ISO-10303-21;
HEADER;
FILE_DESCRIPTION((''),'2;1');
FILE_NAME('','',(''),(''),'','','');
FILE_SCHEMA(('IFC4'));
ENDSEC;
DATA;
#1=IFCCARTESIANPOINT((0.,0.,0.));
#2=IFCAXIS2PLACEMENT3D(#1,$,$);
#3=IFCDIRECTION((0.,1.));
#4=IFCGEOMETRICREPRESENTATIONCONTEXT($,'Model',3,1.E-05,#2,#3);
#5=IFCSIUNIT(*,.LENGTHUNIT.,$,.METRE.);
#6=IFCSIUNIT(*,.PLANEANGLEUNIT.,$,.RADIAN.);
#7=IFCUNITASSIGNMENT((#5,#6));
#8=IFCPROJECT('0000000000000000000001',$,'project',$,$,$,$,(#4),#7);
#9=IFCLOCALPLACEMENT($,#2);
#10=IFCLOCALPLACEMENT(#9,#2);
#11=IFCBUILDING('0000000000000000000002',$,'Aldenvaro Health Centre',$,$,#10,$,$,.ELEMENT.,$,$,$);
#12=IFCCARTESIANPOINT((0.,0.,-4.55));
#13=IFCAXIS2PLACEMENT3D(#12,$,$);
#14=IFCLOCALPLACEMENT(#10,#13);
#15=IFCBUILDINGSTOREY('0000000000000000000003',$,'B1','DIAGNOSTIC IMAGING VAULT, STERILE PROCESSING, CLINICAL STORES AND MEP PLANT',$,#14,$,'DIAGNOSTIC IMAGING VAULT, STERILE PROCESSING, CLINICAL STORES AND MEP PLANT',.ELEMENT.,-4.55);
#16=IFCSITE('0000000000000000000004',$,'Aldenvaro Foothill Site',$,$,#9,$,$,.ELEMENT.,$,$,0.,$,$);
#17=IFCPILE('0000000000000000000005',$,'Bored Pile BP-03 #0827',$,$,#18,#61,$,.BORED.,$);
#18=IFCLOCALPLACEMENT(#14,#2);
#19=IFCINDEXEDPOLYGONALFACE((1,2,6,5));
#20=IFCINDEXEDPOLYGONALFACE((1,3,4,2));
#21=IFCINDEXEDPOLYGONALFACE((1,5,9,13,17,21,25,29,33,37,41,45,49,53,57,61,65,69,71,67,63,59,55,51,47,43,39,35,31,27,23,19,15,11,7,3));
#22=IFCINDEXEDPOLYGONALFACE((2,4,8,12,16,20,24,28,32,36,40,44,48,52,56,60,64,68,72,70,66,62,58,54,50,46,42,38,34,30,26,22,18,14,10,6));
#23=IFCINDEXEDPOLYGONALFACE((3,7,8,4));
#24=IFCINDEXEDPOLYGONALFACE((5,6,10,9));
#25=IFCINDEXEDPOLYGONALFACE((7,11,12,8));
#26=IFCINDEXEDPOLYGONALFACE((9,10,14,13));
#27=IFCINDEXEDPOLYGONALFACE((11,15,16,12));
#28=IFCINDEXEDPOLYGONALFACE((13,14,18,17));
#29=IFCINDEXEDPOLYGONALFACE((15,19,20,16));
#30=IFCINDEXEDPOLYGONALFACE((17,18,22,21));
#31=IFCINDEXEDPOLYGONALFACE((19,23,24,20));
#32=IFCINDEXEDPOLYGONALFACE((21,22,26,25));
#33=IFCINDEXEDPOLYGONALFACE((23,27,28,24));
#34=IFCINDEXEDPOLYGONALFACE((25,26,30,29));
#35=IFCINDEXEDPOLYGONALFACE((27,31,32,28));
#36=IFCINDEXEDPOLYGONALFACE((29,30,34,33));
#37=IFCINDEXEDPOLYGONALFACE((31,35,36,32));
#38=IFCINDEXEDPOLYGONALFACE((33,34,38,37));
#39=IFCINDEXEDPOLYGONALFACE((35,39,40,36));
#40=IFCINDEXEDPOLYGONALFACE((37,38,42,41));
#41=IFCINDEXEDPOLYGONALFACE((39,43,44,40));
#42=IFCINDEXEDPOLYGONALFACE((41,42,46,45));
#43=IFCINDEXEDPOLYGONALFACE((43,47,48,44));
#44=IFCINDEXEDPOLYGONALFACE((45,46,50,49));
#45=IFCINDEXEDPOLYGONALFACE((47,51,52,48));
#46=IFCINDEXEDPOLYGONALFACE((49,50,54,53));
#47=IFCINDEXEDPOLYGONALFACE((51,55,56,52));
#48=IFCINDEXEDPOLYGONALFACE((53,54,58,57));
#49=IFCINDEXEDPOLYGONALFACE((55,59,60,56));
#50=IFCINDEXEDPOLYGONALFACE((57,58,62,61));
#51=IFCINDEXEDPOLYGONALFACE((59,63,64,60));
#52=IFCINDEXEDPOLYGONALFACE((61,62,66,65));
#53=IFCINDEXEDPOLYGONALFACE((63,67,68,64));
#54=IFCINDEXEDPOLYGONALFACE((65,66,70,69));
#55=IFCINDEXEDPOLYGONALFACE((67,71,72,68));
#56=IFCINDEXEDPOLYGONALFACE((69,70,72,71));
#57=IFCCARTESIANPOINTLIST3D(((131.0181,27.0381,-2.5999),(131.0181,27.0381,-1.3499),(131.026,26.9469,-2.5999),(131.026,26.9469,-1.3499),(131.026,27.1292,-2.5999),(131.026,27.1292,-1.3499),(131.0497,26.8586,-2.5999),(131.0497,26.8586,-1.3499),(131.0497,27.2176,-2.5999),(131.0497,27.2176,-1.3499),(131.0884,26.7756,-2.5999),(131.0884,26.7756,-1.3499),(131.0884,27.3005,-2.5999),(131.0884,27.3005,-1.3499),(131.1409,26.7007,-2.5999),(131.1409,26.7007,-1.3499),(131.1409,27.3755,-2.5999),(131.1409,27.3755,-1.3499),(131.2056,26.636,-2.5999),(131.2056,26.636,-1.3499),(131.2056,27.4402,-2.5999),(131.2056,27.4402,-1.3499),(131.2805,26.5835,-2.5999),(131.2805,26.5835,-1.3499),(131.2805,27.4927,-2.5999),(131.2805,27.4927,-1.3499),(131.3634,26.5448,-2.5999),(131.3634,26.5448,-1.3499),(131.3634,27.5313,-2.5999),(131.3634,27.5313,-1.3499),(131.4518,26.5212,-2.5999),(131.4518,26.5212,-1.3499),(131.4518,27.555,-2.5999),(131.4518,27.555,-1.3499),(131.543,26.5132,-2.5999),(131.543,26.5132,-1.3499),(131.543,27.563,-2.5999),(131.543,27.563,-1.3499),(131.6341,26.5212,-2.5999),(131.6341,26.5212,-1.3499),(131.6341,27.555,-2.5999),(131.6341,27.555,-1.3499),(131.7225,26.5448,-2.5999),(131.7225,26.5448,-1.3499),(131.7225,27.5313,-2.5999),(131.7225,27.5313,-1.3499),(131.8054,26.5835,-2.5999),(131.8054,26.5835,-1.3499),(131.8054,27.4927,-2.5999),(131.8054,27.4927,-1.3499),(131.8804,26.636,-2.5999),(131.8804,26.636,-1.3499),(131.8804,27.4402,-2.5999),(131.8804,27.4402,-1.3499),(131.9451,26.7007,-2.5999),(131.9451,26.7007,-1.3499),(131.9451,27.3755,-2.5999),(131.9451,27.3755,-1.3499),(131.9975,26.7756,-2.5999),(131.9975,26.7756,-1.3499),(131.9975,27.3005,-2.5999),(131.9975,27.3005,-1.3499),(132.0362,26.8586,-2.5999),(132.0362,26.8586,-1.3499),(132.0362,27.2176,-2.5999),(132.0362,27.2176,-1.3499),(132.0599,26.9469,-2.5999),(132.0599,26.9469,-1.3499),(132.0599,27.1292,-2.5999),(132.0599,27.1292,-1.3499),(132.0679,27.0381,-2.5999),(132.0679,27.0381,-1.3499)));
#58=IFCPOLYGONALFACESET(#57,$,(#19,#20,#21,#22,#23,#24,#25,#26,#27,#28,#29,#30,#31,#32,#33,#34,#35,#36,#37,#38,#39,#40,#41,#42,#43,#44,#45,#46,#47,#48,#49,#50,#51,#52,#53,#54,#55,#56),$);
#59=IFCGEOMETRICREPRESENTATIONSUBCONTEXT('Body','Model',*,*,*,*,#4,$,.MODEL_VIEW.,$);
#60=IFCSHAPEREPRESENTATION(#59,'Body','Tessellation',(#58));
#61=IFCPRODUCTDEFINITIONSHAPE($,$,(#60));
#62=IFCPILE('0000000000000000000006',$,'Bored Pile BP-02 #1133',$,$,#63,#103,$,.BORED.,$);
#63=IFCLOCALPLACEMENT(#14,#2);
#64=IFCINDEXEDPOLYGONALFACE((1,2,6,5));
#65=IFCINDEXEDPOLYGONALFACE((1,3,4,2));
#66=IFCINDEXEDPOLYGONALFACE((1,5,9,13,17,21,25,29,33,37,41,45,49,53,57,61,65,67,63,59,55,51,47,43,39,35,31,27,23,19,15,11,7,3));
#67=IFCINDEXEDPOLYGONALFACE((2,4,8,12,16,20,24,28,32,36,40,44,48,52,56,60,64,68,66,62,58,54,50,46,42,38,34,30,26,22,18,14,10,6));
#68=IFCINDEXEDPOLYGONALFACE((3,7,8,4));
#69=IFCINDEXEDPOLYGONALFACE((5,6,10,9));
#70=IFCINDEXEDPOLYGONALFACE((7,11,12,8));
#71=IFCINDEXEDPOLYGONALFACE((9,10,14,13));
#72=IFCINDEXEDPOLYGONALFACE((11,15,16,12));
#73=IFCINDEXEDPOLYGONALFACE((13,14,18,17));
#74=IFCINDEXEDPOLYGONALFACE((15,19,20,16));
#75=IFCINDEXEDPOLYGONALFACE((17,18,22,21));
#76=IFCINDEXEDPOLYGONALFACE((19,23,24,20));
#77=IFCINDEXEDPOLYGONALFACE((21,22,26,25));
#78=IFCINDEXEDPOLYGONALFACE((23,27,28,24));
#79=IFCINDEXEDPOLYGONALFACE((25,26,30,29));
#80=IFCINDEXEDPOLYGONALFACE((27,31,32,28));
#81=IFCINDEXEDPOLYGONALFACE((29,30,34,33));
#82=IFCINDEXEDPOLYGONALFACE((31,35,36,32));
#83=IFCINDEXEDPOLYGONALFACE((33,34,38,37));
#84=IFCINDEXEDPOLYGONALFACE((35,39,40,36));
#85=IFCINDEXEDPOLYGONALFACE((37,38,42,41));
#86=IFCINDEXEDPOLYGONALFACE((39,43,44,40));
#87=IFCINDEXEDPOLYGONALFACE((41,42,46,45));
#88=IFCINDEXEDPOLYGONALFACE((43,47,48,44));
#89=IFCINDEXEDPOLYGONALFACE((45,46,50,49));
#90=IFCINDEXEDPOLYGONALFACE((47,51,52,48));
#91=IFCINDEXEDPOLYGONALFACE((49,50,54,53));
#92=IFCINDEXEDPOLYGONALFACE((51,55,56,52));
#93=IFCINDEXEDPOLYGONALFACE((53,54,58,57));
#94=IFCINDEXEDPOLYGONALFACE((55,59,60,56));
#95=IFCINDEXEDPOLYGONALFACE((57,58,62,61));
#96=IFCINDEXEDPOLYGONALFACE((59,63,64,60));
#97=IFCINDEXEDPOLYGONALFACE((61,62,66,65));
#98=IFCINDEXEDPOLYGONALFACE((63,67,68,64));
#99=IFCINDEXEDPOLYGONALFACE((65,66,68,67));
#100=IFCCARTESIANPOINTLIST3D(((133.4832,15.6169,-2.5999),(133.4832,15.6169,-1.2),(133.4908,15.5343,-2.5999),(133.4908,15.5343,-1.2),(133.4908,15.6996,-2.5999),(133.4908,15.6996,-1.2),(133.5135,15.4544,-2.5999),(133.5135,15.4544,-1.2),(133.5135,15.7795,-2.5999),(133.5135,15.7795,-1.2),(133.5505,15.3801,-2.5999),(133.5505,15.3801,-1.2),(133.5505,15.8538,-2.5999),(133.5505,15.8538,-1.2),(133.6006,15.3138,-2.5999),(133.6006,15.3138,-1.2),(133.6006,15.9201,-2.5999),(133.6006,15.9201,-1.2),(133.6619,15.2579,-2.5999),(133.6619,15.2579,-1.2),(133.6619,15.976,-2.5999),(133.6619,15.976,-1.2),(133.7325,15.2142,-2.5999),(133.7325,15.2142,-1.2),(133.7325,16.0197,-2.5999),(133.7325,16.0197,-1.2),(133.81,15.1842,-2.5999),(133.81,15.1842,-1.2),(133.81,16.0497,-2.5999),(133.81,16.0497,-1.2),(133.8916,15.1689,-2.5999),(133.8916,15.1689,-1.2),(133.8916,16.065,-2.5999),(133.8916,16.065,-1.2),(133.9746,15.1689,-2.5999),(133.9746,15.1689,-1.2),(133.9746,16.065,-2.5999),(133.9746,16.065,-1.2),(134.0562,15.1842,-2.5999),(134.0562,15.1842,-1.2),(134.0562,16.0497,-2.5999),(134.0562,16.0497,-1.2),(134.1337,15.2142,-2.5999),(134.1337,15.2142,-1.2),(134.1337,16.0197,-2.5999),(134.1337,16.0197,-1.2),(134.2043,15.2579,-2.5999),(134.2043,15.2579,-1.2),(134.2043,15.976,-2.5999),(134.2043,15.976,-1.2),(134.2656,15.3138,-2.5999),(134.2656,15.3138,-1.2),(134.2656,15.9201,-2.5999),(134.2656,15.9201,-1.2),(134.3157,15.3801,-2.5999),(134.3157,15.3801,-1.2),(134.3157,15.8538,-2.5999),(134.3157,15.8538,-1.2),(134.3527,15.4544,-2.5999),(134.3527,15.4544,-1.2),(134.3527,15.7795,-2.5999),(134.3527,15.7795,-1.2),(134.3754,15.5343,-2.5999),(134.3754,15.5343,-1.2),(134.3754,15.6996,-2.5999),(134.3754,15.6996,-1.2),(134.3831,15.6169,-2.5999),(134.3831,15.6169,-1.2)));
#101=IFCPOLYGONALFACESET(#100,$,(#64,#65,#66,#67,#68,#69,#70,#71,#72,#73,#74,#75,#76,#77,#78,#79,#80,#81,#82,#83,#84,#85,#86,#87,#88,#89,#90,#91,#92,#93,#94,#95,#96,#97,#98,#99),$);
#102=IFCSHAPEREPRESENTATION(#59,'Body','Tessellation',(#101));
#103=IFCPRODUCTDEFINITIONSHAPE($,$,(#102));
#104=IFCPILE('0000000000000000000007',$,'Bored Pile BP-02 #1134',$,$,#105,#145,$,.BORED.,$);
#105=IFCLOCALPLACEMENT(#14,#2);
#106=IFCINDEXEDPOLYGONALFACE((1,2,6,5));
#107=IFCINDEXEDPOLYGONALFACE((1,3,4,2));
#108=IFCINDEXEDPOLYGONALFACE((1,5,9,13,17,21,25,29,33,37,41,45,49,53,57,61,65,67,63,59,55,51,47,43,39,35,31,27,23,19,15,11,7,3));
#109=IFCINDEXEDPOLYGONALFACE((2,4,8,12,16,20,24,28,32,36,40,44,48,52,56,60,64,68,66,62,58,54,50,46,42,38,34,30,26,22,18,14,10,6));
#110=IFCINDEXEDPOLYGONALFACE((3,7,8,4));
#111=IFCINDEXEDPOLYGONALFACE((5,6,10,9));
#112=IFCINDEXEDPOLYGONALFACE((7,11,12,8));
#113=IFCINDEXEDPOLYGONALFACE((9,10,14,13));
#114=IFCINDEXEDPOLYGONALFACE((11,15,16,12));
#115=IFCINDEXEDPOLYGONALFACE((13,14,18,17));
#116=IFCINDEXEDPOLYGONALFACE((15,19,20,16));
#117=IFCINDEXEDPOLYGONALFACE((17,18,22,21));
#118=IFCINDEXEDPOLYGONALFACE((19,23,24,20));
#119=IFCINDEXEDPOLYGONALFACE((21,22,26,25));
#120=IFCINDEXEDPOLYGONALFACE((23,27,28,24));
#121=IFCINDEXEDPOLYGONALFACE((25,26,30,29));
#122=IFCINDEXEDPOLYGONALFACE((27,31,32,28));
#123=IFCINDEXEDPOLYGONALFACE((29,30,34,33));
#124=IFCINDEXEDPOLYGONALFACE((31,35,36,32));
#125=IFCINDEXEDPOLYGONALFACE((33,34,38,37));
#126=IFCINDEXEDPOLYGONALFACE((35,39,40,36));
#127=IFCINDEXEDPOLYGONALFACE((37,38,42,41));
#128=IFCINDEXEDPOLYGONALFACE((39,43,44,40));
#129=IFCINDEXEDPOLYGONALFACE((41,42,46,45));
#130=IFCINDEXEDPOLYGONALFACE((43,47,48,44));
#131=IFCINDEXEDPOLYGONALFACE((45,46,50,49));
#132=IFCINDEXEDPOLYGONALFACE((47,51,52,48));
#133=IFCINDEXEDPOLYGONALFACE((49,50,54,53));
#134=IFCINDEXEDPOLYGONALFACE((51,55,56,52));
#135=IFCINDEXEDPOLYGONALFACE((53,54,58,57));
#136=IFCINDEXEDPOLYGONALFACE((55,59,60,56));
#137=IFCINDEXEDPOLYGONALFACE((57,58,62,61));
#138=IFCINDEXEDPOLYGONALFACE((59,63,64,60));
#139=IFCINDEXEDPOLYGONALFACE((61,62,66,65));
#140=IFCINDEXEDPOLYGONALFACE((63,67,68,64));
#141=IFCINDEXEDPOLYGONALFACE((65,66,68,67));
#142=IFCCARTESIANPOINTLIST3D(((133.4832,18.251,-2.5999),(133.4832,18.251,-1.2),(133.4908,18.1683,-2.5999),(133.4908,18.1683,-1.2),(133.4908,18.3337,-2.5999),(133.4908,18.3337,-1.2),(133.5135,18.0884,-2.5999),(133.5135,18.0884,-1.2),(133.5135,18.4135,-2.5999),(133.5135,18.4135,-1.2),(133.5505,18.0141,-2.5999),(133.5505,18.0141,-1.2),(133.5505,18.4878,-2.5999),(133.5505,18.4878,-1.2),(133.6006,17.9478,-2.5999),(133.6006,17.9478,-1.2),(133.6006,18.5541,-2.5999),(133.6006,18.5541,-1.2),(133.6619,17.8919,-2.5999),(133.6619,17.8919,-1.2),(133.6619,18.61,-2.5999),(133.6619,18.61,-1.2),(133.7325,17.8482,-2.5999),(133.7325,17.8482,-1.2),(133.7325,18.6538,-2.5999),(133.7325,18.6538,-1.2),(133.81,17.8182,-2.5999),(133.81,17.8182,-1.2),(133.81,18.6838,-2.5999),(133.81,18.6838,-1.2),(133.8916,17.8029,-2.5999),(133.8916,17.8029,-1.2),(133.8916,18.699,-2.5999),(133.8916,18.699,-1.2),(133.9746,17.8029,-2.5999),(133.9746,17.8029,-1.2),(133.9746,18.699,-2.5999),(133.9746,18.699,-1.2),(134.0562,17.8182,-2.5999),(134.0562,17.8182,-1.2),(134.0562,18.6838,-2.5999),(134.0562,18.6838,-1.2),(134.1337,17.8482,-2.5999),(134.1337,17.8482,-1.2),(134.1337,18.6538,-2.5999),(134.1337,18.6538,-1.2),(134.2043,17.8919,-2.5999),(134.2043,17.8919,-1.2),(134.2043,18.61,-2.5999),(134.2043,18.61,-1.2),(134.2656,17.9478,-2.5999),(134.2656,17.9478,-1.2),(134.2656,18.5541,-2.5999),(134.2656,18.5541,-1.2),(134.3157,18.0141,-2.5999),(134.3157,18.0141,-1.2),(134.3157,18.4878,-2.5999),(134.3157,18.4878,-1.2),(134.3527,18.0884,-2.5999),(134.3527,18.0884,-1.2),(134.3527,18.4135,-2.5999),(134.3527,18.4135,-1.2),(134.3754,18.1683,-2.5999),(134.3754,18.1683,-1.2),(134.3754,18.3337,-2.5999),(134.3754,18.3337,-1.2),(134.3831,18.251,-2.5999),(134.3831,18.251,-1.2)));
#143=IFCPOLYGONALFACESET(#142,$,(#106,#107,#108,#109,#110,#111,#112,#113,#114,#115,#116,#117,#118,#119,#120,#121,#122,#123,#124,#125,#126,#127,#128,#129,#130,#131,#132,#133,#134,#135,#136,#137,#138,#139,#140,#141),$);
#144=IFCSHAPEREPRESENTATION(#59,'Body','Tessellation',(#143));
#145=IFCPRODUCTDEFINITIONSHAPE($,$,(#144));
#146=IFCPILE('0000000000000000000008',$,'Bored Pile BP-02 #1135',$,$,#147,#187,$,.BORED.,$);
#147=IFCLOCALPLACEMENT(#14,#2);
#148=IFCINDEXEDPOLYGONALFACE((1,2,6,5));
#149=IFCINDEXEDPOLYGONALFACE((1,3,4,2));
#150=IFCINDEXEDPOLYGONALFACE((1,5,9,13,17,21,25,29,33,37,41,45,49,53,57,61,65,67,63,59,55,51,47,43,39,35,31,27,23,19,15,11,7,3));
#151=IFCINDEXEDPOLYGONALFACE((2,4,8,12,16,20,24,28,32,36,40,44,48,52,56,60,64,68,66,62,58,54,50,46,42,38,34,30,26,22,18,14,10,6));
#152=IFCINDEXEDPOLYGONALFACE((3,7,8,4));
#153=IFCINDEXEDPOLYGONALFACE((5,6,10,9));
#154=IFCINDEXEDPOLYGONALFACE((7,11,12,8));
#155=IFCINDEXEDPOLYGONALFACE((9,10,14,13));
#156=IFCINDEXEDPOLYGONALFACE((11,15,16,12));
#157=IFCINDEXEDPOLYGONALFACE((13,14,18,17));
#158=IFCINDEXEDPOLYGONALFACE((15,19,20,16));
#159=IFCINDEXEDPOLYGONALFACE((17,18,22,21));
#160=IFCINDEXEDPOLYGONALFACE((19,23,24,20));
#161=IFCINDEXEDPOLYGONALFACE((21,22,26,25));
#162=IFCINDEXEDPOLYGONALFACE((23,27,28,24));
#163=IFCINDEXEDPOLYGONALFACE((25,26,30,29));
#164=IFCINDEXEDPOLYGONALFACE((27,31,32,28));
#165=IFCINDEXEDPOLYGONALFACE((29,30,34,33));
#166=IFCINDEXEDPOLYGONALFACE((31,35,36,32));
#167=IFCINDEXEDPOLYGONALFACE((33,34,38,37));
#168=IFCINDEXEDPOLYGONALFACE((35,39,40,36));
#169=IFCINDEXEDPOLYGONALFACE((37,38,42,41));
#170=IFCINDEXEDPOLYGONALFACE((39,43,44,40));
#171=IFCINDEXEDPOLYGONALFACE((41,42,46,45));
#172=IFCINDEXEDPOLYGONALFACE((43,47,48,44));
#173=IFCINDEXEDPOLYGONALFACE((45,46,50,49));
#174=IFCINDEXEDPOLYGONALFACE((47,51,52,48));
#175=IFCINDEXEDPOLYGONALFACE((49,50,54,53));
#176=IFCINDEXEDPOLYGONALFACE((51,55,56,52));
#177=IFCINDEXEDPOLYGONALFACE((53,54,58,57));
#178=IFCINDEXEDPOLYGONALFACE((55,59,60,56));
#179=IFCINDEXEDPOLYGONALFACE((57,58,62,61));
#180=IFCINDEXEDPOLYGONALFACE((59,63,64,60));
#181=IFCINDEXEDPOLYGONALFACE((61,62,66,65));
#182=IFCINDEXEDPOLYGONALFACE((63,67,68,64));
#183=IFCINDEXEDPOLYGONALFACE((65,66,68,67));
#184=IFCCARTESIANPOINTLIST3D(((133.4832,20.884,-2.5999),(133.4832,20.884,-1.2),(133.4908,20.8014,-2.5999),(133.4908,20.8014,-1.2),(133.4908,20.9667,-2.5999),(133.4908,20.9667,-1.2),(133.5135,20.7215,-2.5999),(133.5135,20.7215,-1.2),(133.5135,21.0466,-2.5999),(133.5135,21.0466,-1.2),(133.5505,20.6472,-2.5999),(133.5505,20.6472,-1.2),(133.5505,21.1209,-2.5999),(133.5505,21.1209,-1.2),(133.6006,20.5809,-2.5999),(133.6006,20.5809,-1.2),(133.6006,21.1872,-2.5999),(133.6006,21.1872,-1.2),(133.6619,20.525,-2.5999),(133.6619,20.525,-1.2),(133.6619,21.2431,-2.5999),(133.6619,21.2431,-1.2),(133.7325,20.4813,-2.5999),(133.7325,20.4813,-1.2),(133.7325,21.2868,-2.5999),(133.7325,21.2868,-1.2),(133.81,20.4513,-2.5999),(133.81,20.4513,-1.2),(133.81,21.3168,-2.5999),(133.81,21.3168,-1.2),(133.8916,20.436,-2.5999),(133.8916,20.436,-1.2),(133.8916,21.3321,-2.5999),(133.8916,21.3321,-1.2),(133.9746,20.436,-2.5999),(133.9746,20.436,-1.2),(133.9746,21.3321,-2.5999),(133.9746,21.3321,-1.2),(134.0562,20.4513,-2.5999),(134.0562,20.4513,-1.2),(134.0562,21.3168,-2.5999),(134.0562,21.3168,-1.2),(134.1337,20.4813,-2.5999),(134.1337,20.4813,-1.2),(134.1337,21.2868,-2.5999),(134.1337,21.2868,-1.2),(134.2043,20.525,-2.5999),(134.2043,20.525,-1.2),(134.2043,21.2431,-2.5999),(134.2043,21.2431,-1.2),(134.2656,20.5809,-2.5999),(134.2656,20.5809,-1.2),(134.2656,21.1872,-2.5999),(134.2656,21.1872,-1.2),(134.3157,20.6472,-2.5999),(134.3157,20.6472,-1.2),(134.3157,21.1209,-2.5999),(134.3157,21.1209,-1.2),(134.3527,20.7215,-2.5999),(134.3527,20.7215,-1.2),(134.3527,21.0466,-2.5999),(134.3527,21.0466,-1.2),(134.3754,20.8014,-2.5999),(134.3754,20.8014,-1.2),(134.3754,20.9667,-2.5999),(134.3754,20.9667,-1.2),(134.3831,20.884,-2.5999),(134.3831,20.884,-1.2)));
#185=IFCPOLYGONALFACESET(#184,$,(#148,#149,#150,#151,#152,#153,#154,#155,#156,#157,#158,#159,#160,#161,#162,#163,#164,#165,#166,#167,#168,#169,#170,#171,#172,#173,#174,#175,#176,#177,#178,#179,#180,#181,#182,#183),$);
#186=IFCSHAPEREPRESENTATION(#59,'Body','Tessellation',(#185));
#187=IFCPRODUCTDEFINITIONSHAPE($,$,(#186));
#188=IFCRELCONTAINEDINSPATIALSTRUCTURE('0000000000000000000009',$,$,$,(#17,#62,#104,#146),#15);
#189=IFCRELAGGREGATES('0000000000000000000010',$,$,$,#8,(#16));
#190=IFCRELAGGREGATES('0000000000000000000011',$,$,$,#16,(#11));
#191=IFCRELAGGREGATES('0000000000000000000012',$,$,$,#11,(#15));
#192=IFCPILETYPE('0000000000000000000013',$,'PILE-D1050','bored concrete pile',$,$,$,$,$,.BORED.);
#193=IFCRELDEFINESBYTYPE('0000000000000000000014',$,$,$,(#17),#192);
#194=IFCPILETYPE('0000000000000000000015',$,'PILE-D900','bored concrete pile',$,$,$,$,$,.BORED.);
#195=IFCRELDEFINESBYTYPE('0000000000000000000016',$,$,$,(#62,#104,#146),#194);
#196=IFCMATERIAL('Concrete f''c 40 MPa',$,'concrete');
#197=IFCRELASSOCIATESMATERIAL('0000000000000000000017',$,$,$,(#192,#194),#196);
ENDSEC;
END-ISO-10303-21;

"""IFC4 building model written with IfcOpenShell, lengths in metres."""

from ifc_helpers import new_model, si_unit, direction, frame, origin, origin_2d, place, context, subcontext, project, spatial, circle, extrude, material, material_profile, profile_set, type_object, element, save


model = new_model("IFC4")

# Units and contexts
model_context = context("Model", 3, precision=1e-05, world=origin(), true_north=direction((0.0, 1.0)))
body_context = subcontext(model_context, "Body", "Model", "MODEL_VIEW")
ifc_project = project(units=[si_unit("LENGTHUNIT", "METRE"), si_unit("PLANEANGLEUNIT", "RADIAN")], contexts=[model_context])

# Site, building, storey
site_placement = place(None, origin())
site = spatial("IfcSite", under=ifc_project, at=site_placement, Name="Aldenvaro Foothill Site", CompositionType="ELEMENT", RefElevation=0.0)
building_placement = place(site_placement, origin())
building = spatial("IfcBuilding", under=site, at=building_placement, Name="Aldenvaro Health Centre", CompositionType="ELEMENT")
storey_placement = place(building_placement, frame((0.0, 0.0, -4.55)))
storey = spatial("IfcBuildingStorey", under=building, at=storey_placement, Name="B1", Description="DIAGNOSTIC IMAGING VAULT, STERILE PROCESSING, CLINICAL STORES AND MEP PLANT", LongName="DIAGNOSTIC IMAGING VAULT, STERILE PROCESSING, CLINICAL STORES AND MEP PLANT", CompositionType="ELEMENT", Elevation=-4.55)

# Piles
ifc_material_1 = material(Name="Concrete f'c 40 MPa", Category="concrete")
ifc_material_profile_1 = material_profile(ifc_material_1, circle(Radius=0.5249, at=origin_2d()), Name="PILE D1050", Category="concrete")
ifc_profile_set_1 = profile_set([ifc_material_profile_1], Name="Concrete f'c 40 MPa")
pile_type_1 = type_object("IfcPileType", Name="PILE-D1050", Description="bored concrete pile", PredefinedType="BORED", material=ifc_profile_set_1)
for number, where, z_axis, x_axis, name in (
    (1, (131.543, 27.0381, -1.3499), (0.0, 0.0, -1.0), (1.0, 0.0, 0.0), "Bored Pile BP-03 #0827"),
):
    element("IfcPile", number, at=place(storey_placement, frame(where, z_axis=z_axis, x_axis=x_axis)), inside=storey, type_object=pile_type_1, Name=name, PredefinedType="BORED", context=body_context, shape_type="SweptSolid", body=[
        extrude(circle(Radius=0.5249, at=origin_2d()), origin(), (0.0, 0.0, 1.0), 1.25),
    ])
ifc_material_profile_2 = material_profile(ifc_material_1, circle(Radius=0.45, at=origin_2d()), Name="PILE D900", Category="concrete")
ifc_profile_set_2 = profile_set([ifc_material_profile_2], Name="Concrete f'c 40 MPa")
pile_type_2 = type_object("IfcPileType", Name="PILE-D900", Description="bored concrete pile", PredefinedType="BORED", material=ifc_profile_set_2)
for number, where, z_axis, x_axis, name in (
    (2, (133.9331, 15.6169, -1.2), (0.0, 0.0, -1.0), (1.0, 0.0, 0.0), "Bored Pile BP-02 #1133"),
    (3, (133.9331, 18.251, -1.2), (0.0, 0.0, -1.0), (1.0, 0.0, 0.0), "Bored Pile BP-02 #1134"),
    (4, (133.9331, 20.884, -1.2), (0.0, 0.0, -1.0), (1.0, 0.0, 0.0), "Bored Pile BP-02 #1135"),
):
    element("IfcPile", number, at=place(storey_placement, frame(where, z_axis=z_axis, x_axis=x_axis)), inside=storey, type_object=pile_type_2, Name=name, PredefinedType="BORED", context=body_context, shape_type="SweptSolid", body=[
        extrude(circle(Radius=0.45, at=origin_2d()), origin(), (0.0, 0.0, 1.0), 1.3999),
    ])

save(model, "model.ifc")
